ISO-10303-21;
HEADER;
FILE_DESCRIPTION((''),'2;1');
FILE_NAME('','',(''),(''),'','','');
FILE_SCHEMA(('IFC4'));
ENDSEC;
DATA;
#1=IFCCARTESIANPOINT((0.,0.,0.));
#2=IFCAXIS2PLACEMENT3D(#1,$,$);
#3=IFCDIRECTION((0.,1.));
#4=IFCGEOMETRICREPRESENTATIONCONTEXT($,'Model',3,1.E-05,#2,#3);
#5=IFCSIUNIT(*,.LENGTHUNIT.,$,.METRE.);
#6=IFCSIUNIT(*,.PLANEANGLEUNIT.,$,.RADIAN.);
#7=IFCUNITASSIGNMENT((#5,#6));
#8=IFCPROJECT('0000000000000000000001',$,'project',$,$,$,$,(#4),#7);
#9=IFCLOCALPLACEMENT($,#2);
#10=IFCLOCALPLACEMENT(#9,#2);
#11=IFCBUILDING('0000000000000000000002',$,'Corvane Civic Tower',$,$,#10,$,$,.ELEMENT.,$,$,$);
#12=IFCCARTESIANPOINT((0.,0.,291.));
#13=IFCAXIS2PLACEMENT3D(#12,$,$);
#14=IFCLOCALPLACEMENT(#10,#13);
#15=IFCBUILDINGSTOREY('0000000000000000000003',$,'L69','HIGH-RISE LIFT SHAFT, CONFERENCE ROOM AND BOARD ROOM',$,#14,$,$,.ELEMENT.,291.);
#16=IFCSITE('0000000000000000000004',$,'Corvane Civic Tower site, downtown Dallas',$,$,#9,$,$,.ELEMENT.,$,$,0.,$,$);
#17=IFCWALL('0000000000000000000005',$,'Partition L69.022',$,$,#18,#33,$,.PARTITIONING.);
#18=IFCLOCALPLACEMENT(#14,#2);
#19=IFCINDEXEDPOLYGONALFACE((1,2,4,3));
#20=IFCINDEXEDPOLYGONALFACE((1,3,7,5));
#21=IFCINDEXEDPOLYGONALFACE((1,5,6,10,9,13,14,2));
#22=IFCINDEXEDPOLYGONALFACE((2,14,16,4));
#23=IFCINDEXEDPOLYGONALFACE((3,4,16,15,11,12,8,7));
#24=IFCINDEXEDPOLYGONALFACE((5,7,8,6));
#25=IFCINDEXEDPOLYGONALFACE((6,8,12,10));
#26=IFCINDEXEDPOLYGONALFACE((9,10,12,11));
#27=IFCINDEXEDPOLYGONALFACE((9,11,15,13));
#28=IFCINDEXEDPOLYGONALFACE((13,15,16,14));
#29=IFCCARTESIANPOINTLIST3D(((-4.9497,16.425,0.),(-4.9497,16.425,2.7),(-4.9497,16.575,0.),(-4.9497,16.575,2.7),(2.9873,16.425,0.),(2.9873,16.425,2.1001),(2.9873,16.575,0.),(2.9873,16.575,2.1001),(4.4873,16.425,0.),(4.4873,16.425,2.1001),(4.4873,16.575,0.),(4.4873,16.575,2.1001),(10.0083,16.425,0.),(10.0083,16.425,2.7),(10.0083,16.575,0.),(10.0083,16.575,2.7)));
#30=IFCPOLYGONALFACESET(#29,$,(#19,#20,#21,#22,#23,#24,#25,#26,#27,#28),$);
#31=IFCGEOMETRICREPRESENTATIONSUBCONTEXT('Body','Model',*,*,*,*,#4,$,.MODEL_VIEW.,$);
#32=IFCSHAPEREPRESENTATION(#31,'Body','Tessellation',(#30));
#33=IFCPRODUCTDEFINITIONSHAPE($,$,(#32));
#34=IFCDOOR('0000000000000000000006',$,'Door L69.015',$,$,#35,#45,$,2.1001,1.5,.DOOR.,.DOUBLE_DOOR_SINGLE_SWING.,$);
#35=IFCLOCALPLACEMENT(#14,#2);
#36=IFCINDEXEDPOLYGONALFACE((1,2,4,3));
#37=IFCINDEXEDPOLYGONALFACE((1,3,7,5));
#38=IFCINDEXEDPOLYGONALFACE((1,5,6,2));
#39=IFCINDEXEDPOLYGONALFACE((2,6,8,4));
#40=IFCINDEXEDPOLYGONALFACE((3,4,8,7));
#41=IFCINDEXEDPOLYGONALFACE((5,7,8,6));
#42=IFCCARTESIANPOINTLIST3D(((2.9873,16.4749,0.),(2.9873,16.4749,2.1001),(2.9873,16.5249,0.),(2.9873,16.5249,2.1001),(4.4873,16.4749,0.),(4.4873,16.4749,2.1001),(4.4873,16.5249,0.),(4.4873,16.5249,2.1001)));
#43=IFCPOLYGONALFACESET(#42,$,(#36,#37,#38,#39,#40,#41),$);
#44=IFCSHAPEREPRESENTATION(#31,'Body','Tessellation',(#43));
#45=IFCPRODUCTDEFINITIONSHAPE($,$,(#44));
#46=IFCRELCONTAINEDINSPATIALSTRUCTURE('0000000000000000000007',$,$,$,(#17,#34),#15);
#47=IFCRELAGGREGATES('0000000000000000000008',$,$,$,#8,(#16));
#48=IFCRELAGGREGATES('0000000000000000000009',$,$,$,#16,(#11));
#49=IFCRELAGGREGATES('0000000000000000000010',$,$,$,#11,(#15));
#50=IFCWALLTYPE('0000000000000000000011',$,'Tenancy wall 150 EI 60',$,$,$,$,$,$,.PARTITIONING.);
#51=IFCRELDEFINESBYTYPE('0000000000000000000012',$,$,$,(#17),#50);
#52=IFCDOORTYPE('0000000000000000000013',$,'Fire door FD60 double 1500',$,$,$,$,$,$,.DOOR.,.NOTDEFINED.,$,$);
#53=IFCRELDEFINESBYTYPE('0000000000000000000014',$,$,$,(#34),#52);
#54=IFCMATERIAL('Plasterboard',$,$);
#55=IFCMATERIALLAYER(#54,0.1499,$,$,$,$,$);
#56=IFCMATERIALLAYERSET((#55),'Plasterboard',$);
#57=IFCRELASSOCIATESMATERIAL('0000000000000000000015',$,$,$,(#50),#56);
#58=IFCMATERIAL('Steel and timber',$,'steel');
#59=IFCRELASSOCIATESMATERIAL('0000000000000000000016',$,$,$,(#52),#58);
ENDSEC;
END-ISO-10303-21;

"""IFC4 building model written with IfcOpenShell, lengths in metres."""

from ifc_helpers import new_model, si_unit, direction, frame, frame_2d, origin, place, context, subcontext, project, spatial, rectangle, extrude, material, layer, layer_set, type_object, element, fill, save


model = new_model("IFC4")

# Units and contexts
model_context = context("Model", 3, precision=1e-05, world=origin(), true_north=direction((0.0, 1.0)))
body_context = subcontext(model_context, "Body", "Model", "MODEL_VIEW")
ifc_project = project(units=[si_unit("LENGTHUNIT", "METRE"), si_unit("PLANEANGLEUNIT", "RADIAN")], contexts=[model_context])

# Site, building, storey
site_placement = place(None, origin())
site = spatial("IfcSite", under=ifc_project, at=site_placement, Name="Corvane Civic Tower site, downtown Dallas", CompositionType="ELEMENT", RefElevation=0.0)
building_placement = place(site_placement, origin())
building = spatial("IfcBuilding", under=site, at=building_placement, Name="Corvane Civic Tower", CompositionType="ELEMENT")
storey_placement = place(building_placement, frame((0.0, 0.0, 291.0)))
storey = spatial("IfcBuildingStorey", under=building, at=storey_placement, Name="L69", Description="HIGH-RISE LIFT SHAFT, CONFERENCE ROOM AND BOARD ROOM", CompositionType="ELEMENT", Elevation=291.0)

# Shared definitions
ifc_material_1 = material(Name="Plasterboard")
ifc_layer_1 = layer(ifc_material_1, 0.1499)
ifc_layer_set_1 = layer_set([ifc_layer_1], Name="Plasterboard")
wall_type_1 = type_object("IfcWallType", Name="Tenancy wall 150 EI 60", PredefinedType="PARTITIONING", material=ifc_layer_set_1)

# Wall, opening, door
wall_1_placement = place(storey_placement, frame((-4.9497, 16.5, 0.0), z_axis=(0.0, 0.0, 1.0), x_axis=(1.0, 0.0, 0.0)))
wall_1 = element("IfcWall", 1, at=wall_1_placement, inside=storey, type_object=wall_type_1, Name="Partition L69.022", PredefinedType="PARTITIONING", context=body_context, shape_type="SweptSolid", body=[
    extrude(rectangle(XDim=14.958, YDim=0.1499, at=frame_2d((7.479, 0.0))), origin(), (0.0, 0.0, 1.0), 2.7),
])
opening_1_placement = place(wall_1_placement, frame((7.937, 0.0, 0.0)))
opening_1 = element("IfcOpeningElement", 2, at=opening_1_placement, cuts=wall_1, PredefinedType="OPENING", context=body_context, shape_type="SweptSolid", body=[
    extrude(rectangle(XDim=1.5, YDim=2.1001, at=frame_2d((0.75, 1.05))), frame((0.0, 0.085, 0.0), z_axis=(0.0, -1.0, 0.0), x_axis=(1.0, 0.0, 0.0)), (0.0, 0.0, 1.0), 0.1699),
])
ifc_material_2 = material(Name="Steel and timber", Category="steel")
door_type_1 = type_object("IfcDoorType", Name="Fire door FD60 double 1500", OperationType="NOTDEFINED", PredefinedType="DOOR", material=ifc_material_2)
door_1_placement = place(opening_1_placement, origin())
door_1 = element("IfcDoor", 3, at=door_1_placement, inside=storey, type_object=door_type_1, Name="Door L69.015", OperationType="DOUBLE_DOOR_SINGLE_SWING", OverallHeight=2.1001, OverallWidth=1.5, PredefinedType="DOOR", context=body_context, shape_type="SweptSolid", body=[
    extrude(rectangle(XDim=1.5, YDim=2.1001, at=frame_2d((0.75, 1.05))), frame((0.0, 0.0249, 0.0), z_axis=(0.0, -1.0, 0.0), x_axis=(1.0, 0.0, 0.0)), (0.0, 0.0, 1.0), 0.05),
])
fill(opening_1, door_1)

save(model, "model.ifc")
